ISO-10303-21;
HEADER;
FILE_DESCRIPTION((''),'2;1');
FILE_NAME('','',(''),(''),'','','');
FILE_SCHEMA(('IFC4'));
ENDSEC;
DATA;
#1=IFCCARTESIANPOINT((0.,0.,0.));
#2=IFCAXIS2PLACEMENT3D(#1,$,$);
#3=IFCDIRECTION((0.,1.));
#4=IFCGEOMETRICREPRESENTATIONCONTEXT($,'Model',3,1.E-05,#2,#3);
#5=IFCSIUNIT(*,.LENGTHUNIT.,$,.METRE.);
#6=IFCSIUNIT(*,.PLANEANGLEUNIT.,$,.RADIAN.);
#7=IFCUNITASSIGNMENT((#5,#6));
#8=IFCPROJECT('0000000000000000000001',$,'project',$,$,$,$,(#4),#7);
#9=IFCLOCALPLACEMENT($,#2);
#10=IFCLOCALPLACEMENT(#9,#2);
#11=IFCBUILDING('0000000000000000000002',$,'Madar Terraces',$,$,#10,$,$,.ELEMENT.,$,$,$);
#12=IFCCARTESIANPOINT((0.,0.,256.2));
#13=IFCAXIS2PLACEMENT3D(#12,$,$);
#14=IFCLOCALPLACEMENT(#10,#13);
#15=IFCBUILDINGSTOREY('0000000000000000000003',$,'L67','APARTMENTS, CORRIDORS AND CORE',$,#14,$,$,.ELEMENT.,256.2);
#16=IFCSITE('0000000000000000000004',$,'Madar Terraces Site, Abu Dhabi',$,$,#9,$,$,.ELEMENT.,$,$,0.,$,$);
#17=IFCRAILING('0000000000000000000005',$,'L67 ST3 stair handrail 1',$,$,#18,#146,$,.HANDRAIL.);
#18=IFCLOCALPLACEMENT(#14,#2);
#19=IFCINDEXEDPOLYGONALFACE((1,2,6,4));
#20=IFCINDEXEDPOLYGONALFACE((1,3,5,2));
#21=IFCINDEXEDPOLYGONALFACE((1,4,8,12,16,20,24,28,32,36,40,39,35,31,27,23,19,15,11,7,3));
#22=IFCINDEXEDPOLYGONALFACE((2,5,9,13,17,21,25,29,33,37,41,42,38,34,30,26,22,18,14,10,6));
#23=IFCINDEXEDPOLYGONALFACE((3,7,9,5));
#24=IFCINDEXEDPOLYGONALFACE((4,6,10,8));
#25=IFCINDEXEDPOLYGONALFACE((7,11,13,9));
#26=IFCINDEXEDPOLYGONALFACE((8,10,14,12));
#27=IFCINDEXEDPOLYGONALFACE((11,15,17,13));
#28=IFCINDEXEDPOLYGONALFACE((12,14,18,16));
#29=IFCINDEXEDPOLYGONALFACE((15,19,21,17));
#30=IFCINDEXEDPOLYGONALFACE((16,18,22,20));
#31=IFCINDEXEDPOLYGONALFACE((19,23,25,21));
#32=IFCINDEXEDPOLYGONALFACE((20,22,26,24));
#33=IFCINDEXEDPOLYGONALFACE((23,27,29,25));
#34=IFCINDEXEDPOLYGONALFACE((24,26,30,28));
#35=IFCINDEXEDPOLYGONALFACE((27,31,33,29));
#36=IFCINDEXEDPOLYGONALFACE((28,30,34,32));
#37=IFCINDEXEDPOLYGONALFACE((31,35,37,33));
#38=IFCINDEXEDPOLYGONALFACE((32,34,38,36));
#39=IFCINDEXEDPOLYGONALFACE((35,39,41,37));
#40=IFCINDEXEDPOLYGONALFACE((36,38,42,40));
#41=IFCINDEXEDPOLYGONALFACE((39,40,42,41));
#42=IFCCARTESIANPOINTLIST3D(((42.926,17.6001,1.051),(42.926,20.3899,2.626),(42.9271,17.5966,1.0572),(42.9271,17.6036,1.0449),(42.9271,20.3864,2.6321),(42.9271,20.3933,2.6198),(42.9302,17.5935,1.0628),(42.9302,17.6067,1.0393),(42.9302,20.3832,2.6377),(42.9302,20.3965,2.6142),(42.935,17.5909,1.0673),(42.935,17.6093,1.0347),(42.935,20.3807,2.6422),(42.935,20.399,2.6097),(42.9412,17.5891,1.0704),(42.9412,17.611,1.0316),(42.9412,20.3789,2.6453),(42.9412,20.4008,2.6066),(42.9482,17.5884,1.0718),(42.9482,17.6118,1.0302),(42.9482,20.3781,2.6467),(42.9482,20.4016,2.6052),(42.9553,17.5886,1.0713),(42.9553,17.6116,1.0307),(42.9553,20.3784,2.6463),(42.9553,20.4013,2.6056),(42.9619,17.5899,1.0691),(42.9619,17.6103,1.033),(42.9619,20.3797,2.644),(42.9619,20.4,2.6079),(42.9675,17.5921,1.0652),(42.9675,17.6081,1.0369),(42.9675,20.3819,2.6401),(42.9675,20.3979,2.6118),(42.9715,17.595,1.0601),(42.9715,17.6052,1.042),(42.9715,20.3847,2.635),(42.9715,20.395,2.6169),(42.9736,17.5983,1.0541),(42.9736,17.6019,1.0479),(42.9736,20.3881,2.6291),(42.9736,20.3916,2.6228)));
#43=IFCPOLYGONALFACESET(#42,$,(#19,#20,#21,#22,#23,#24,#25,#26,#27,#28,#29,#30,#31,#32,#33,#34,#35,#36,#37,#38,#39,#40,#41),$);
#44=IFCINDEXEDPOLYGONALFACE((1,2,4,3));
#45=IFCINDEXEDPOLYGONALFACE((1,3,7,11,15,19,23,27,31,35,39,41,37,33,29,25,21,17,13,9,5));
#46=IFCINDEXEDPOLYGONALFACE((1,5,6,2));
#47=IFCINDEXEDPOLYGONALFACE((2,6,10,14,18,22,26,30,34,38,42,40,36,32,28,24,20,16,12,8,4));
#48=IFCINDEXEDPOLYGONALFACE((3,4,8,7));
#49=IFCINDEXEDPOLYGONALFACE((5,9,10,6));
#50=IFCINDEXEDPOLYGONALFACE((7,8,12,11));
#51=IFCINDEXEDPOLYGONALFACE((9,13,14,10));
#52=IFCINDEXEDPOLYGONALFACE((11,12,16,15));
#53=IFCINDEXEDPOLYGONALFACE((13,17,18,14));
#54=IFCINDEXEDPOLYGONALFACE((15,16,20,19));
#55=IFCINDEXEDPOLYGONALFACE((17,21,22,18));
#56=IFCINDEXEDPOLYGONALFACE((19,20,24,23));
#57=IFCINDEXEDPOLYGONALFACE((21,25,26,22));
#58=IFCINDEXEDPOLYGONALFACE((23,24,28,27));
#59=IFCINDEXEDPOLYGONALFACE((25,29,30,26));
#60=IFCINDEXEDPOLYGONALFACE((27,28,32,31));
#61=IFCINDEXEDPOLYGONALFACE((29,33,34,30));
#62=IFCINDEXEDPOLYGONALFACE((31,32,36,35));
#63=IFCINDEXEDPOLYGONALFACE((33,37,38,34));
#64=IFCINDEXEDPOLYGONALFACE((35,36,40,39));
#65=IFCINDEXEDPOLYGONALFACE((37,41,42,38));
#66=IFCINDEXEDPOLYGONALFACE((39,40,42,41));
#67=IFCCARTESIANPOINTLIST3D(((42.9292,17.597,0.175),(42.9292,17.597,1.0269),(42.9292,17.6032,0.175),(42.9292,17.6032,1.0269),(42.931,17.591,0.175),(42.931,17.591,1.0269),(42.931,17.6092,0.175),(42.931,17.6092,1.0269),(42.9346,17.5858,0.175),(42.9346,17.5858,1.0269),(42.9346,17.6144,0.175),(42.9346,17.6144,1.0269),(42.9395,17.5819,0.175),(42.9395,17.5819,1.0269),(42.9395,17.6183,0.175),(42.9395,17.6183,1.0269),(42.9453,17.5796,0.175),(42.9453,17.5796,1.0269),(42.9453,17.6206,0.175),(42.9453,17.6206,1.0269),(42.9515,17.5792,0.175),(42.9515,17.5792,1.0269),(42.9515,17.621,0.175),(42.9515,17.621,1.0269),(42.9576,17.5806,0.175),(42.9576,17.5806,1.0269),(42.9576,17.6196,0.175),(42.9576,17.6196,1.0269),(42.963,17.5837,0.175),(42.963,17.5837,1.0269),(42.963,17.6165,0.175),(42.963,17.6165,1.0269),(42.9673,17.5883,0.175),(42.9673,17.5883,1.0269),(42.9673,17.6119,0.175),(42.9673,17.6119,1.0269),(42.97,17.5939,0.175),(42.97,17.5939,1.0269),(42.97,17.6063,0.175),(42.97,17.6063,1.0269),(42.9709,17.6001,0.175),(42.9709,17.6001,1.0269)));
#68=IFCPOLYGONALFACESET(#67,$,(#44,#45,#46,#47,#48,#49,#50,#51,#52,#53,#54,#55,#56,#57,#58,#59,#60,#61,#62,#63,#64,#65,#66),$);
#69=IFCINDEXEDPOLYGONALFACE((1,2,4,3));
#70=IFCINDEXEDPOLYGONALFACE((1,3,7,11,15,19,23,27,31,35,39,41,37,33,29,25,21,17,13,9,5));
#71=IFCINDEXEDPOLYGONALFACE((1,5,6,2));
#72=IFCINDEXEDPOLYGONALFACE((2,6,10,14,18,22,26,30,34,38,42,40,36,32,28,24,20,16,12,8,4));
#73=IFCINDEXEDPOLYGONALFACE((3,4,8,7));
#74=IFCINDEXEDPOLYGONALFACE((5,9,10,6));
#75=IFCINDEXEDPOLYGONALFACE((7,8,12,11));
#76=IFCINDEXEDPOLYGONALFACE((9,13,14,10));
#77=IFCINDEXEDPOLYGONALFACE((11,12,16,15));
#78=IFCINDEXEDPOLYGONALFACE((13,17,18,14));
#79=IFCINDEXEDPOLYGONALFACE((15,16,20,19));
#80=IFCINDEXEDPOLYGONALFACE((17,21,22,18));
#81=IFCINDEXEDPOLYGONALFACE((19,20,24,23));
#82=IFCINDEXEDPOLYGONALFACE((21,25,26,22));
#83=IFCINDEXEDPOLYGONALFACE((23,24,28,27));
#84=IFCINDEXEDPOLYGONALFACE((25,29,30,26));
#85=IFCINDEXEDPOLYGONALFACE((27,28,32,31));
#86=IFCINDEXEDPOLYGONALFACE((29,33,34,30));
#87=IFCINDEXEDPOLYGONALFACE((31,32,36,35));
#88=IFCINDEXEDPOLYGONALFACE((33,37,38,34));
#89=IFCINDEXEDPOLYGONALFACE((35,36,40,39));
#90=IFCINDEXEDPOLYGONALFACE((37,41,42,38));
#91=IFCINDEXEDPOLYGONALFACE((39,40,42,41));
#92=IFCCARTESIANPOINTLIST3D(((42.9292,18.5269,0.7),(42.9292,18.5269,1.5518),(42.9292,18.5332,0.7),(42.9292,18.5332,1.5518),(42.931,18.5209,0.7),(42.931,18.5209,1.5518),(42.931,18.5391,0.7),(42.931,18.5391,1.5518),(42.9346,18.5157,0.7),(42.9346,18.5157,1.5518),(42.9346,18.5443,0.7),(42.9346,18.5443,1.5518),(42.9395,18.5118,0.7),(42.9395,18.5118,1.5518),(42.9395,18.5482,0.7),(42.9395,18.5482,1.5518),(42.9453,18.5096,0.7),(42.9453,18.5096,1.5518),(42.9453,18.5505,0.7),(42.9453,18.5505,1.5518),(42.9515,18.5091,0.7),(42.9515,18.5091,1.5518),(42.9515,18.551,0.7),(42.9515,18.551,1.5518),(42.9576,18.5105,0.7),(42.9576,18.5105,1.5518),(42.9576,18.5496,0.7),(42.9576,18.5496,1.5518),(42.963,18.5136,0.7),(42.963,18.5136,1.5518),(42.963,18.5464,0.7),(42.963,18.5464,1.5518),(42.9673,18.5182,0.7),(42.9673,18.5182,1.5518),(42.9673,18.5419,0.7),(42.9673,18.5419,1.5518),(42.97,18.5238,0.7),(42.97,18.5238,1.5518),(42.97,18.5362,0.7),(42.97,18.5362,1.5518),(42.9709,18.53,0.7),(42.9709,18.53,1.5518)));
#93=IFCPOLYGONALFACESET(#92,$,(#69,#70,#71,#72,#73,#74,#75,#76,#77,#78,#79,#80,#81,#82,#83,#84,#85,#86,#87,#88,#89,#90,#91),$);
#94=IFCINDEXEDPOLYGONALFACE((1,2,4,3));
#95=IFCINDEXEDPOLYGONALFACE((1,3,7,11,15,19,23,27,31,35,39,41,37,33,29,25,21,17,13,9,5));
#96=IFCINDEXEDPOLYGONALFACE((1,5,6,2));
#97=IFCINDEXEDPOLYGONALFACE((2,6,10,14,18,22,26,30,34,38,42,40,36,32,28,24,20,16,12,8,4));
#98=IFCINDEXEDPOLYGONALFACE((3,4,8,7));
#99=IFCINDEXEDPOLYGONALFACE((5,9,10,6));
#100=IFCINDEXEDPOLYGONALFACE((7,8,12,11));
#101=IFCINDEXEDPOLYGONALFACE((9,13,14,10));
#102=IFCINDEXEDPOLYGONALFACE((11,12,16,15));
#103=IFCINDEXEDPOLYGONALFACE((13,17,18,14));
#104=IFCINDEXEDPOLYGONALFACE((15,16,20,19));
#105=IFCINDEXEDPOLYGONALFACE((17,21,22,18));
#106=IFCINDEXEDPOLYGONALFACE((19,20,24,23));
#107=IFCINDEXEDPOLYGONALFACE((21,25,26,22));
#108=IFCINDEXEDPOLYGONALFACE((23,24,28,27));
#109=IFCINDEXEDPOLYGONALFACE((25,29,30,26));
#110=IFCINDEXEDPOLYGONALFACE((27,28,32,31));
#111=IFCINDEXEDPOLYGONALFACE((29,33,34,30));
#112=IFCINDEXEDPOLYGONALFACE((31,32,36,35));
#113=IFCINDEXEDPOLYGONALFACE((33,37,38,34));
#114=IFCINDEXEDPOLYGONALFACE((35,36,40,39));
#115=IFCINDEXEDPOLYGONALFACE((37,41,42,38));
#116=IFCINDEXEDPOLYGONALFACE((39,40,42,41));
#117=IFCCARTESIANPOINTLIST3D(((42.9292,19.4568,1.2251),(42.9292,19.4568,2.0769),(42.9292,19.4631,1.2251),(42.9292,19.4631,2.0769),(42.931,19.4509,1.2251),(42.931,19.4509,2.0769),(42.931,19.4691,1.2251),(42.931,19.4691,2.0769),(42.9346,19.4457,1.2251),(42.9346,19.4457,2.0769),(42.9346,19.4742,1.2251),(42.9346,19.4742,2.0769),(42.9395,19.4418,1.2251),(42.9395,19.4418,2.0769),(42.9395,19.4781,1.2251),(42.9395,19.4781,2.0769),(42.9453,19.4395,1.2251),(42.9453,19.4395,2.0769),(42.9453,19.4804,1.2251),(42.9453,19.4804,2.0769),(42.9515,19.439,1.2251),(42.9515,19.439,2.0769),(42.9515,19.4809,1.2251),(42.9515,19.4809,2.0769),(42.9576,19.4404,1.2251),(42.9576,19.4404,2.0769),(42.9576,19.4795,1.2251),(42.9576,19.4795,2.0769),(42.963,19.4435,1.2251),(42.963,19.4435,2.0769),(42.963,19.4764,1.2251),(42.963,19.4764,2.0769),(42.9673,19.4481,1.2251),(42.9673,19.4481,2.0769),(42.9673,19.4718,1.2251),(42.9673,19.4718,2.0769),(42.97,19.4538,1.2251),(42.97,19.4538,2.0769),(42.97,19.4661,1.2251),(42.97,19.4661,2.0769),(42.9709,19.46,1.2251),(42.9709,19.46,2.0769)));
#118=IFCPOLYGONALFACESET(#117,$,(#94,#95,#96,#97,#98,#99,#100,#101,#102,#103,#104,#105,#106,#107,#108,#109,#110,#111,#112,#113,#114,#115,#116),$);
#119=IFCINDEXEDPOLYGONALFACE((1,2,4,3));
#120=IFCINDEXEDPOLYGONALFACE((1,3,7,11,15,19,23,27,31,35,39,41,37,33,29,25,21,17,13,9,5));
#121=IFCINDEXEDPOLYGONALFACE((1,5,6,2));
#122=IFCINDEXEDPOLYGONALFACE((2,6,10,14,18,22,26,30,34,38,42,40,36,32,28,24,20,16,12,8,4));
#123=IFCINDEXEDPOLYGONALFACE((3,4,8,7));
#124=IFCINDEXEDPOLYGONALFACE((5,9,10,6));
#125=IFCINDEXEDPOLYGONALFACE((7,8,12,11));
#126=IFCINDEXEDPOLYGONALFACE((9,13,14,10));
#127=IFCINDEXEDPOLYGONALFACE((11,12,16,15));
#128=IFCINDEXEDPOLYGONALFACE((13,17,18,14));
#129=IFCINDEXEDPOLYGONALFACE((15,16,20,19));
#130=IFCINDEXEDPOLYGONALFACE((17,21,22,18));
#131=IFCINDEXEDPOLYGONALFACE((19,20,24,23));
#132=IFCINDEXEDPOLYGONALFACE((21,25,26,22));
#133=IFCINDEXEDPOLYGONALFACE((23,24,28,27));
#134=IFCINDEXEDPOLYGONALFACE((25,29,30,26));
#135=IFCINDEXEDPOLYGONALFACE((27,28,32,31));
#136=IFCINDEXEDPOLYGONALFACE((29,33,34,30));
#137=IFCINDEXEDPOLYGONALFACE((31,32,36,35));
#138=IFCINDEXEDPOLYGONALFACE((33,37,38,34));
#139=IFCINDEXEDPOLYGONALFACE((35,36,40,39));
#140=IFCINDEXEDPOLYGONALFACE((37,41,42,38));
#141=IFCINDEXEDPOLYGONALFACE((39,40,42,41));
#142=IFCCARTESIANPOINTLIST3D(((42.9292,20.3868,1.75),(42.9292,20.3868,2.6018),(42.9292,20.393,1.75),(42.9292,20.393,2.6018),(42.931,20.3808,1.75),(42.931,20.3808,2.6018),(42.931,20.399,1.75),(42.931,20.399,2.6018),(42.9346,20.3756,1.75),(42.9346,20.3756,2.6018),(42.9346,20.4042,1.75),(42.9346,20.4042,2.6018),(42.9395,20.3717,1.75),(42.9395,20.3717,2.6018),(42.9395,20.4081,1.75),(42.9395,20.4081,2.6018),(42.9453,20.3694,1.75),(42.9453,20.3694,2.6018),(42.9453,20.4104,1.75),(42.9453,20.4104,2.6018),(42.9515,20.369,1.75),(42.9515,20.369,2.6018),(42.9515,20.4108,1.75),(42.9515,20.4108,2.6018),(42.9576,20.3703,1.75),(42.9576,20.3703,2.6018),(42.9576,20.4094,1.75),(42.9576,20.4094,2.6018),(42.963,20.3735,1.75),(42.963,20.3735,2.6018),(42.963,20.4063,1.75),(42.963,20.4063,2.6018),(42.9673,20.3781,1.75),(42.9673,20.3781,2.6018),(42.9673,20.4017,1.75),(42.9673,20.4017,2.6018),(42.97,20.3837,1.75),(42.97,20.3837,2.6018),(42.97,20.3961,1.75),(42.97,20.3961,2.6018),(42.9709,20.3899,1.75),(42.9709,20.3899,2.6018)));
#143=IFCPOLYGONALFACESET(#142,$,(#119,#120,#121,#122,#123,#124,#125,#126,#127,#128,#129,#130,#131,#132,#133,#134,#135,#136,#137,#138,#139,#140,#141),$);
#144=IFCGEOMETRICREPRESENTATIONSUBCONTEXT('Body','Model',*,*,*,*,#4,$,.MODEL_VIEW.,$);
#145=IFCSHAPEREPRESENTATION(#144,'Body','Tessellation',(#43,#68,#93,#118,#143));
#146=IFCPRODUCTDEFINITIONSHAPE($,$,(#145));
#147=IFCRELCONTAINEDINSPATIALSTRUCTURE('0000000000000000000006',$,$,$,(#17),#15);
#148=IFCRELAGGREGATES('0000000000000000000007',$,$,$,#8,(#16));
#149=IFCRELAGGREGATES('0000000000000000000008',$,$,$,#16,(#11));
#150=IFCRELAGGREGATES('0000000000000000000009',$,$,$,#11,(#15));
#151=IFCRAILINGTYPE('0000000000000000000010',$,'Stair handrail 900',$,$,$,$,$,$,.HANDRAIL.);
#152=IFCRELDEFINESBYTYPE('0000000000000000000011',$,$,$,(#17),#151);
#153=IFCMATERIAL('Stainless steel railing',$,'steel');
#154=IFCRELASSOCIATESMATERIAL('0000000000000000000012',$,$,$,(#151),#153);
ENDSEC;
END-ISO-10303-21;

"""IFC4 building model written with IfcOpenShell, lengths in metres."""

from ifc_helpers import new_model, si_unit, direction, frame, origin, origin_2d, place, context, subcontext, project, spatial, circle, extrude, material, type_object, element, save


model = new_model("IFC4")

# Units and contexts
model_context = context("Model", 3, precision=1e-05, world=origin(), true_north=direction((0.0, 1.0)))
body_context = subcontext(model_context, "Body", "Model", "MODEL_VIEW")
ifc_project = project(units=[si_unit("LENGTHUNIT", "METRE"), si_unit("PLANEANGLEUNIT", "RADIAN")], contexts=[model_context])

# Site, building, storey
site_placement = place(None, origin())
site = spatial("IfcSite", under=ifc_project, at=site_placement, Name="Madar Terraces Site, Abu Dhabi", CompositionType="ELEMENT", RefElevation=0.0)
building_placement = place(site_placement, origin())
building = spatial("IfcBuilding", under=site, at=building_placement, Name="Madar Terraces", CompositionType="ELEMENT")
storey_placement = place(building_placement, frame((0.0, 0.0, 256.2)))
storey = spatial("IfcBuildingStorey", under=building, at=storey_placement, Name="L67", Description="APARTMENTS, CORRIDORS AND CORE", CompositionType="ELEMENT", Elevation=256.2)

# Railing
ifc_material_1 = material(Name="Stainless steel railing", Category="steel")
railing_type_1 = type_object("IfcRailingType", Name="Stair handrail 900", PredefinedType="HANDRAIL", material=ifc_material_1)
railing_1_placement = place(storey_placement, frame((42.95, 17.6001, 0.175)))
element("IfcRailing", 1, at=railing_1_placement, inside=storey, type_object=railing_type_1, Name="L67 ST3 stair handrail 1", PredefinedType="HANDRAIL", context=body_context, shape_type="SweptSolid", body=[
    extrude(circle(Radius=0.0239, at=origin_2d()), frame((0.0, 0.0, 0.876), z_axis=(0.0, 0.870815, 0.49161), x_axis=(-1.0, 0.0, 0.0)), (0.0, 0.0, 1.0), 3.2036),
    extrude(circle(Radius=0.021, at=origin_2d()), origin(), (0.0, 0.0, 1.0), 0.8518),
    extrude(circle(Radius=0.021, at=origin_2d()), frame((0.0, 0.9299, 0.5249)), (0.0, 0.0, 1.0), 0.8518),
    extrude(circle(Radius=0.021, at=origin_2d()), frame((0.0, 1.8599, 1.05)), (0.0, 0.0, 1.0), 0.8518),
    extrude(circle(Radius=0.021, at=origin_2d()), frame((0.0, 2.7898, 1.575)), (0.0, 0.0, 1.0), 0.8518),
])

save(model, "model.ifc")
